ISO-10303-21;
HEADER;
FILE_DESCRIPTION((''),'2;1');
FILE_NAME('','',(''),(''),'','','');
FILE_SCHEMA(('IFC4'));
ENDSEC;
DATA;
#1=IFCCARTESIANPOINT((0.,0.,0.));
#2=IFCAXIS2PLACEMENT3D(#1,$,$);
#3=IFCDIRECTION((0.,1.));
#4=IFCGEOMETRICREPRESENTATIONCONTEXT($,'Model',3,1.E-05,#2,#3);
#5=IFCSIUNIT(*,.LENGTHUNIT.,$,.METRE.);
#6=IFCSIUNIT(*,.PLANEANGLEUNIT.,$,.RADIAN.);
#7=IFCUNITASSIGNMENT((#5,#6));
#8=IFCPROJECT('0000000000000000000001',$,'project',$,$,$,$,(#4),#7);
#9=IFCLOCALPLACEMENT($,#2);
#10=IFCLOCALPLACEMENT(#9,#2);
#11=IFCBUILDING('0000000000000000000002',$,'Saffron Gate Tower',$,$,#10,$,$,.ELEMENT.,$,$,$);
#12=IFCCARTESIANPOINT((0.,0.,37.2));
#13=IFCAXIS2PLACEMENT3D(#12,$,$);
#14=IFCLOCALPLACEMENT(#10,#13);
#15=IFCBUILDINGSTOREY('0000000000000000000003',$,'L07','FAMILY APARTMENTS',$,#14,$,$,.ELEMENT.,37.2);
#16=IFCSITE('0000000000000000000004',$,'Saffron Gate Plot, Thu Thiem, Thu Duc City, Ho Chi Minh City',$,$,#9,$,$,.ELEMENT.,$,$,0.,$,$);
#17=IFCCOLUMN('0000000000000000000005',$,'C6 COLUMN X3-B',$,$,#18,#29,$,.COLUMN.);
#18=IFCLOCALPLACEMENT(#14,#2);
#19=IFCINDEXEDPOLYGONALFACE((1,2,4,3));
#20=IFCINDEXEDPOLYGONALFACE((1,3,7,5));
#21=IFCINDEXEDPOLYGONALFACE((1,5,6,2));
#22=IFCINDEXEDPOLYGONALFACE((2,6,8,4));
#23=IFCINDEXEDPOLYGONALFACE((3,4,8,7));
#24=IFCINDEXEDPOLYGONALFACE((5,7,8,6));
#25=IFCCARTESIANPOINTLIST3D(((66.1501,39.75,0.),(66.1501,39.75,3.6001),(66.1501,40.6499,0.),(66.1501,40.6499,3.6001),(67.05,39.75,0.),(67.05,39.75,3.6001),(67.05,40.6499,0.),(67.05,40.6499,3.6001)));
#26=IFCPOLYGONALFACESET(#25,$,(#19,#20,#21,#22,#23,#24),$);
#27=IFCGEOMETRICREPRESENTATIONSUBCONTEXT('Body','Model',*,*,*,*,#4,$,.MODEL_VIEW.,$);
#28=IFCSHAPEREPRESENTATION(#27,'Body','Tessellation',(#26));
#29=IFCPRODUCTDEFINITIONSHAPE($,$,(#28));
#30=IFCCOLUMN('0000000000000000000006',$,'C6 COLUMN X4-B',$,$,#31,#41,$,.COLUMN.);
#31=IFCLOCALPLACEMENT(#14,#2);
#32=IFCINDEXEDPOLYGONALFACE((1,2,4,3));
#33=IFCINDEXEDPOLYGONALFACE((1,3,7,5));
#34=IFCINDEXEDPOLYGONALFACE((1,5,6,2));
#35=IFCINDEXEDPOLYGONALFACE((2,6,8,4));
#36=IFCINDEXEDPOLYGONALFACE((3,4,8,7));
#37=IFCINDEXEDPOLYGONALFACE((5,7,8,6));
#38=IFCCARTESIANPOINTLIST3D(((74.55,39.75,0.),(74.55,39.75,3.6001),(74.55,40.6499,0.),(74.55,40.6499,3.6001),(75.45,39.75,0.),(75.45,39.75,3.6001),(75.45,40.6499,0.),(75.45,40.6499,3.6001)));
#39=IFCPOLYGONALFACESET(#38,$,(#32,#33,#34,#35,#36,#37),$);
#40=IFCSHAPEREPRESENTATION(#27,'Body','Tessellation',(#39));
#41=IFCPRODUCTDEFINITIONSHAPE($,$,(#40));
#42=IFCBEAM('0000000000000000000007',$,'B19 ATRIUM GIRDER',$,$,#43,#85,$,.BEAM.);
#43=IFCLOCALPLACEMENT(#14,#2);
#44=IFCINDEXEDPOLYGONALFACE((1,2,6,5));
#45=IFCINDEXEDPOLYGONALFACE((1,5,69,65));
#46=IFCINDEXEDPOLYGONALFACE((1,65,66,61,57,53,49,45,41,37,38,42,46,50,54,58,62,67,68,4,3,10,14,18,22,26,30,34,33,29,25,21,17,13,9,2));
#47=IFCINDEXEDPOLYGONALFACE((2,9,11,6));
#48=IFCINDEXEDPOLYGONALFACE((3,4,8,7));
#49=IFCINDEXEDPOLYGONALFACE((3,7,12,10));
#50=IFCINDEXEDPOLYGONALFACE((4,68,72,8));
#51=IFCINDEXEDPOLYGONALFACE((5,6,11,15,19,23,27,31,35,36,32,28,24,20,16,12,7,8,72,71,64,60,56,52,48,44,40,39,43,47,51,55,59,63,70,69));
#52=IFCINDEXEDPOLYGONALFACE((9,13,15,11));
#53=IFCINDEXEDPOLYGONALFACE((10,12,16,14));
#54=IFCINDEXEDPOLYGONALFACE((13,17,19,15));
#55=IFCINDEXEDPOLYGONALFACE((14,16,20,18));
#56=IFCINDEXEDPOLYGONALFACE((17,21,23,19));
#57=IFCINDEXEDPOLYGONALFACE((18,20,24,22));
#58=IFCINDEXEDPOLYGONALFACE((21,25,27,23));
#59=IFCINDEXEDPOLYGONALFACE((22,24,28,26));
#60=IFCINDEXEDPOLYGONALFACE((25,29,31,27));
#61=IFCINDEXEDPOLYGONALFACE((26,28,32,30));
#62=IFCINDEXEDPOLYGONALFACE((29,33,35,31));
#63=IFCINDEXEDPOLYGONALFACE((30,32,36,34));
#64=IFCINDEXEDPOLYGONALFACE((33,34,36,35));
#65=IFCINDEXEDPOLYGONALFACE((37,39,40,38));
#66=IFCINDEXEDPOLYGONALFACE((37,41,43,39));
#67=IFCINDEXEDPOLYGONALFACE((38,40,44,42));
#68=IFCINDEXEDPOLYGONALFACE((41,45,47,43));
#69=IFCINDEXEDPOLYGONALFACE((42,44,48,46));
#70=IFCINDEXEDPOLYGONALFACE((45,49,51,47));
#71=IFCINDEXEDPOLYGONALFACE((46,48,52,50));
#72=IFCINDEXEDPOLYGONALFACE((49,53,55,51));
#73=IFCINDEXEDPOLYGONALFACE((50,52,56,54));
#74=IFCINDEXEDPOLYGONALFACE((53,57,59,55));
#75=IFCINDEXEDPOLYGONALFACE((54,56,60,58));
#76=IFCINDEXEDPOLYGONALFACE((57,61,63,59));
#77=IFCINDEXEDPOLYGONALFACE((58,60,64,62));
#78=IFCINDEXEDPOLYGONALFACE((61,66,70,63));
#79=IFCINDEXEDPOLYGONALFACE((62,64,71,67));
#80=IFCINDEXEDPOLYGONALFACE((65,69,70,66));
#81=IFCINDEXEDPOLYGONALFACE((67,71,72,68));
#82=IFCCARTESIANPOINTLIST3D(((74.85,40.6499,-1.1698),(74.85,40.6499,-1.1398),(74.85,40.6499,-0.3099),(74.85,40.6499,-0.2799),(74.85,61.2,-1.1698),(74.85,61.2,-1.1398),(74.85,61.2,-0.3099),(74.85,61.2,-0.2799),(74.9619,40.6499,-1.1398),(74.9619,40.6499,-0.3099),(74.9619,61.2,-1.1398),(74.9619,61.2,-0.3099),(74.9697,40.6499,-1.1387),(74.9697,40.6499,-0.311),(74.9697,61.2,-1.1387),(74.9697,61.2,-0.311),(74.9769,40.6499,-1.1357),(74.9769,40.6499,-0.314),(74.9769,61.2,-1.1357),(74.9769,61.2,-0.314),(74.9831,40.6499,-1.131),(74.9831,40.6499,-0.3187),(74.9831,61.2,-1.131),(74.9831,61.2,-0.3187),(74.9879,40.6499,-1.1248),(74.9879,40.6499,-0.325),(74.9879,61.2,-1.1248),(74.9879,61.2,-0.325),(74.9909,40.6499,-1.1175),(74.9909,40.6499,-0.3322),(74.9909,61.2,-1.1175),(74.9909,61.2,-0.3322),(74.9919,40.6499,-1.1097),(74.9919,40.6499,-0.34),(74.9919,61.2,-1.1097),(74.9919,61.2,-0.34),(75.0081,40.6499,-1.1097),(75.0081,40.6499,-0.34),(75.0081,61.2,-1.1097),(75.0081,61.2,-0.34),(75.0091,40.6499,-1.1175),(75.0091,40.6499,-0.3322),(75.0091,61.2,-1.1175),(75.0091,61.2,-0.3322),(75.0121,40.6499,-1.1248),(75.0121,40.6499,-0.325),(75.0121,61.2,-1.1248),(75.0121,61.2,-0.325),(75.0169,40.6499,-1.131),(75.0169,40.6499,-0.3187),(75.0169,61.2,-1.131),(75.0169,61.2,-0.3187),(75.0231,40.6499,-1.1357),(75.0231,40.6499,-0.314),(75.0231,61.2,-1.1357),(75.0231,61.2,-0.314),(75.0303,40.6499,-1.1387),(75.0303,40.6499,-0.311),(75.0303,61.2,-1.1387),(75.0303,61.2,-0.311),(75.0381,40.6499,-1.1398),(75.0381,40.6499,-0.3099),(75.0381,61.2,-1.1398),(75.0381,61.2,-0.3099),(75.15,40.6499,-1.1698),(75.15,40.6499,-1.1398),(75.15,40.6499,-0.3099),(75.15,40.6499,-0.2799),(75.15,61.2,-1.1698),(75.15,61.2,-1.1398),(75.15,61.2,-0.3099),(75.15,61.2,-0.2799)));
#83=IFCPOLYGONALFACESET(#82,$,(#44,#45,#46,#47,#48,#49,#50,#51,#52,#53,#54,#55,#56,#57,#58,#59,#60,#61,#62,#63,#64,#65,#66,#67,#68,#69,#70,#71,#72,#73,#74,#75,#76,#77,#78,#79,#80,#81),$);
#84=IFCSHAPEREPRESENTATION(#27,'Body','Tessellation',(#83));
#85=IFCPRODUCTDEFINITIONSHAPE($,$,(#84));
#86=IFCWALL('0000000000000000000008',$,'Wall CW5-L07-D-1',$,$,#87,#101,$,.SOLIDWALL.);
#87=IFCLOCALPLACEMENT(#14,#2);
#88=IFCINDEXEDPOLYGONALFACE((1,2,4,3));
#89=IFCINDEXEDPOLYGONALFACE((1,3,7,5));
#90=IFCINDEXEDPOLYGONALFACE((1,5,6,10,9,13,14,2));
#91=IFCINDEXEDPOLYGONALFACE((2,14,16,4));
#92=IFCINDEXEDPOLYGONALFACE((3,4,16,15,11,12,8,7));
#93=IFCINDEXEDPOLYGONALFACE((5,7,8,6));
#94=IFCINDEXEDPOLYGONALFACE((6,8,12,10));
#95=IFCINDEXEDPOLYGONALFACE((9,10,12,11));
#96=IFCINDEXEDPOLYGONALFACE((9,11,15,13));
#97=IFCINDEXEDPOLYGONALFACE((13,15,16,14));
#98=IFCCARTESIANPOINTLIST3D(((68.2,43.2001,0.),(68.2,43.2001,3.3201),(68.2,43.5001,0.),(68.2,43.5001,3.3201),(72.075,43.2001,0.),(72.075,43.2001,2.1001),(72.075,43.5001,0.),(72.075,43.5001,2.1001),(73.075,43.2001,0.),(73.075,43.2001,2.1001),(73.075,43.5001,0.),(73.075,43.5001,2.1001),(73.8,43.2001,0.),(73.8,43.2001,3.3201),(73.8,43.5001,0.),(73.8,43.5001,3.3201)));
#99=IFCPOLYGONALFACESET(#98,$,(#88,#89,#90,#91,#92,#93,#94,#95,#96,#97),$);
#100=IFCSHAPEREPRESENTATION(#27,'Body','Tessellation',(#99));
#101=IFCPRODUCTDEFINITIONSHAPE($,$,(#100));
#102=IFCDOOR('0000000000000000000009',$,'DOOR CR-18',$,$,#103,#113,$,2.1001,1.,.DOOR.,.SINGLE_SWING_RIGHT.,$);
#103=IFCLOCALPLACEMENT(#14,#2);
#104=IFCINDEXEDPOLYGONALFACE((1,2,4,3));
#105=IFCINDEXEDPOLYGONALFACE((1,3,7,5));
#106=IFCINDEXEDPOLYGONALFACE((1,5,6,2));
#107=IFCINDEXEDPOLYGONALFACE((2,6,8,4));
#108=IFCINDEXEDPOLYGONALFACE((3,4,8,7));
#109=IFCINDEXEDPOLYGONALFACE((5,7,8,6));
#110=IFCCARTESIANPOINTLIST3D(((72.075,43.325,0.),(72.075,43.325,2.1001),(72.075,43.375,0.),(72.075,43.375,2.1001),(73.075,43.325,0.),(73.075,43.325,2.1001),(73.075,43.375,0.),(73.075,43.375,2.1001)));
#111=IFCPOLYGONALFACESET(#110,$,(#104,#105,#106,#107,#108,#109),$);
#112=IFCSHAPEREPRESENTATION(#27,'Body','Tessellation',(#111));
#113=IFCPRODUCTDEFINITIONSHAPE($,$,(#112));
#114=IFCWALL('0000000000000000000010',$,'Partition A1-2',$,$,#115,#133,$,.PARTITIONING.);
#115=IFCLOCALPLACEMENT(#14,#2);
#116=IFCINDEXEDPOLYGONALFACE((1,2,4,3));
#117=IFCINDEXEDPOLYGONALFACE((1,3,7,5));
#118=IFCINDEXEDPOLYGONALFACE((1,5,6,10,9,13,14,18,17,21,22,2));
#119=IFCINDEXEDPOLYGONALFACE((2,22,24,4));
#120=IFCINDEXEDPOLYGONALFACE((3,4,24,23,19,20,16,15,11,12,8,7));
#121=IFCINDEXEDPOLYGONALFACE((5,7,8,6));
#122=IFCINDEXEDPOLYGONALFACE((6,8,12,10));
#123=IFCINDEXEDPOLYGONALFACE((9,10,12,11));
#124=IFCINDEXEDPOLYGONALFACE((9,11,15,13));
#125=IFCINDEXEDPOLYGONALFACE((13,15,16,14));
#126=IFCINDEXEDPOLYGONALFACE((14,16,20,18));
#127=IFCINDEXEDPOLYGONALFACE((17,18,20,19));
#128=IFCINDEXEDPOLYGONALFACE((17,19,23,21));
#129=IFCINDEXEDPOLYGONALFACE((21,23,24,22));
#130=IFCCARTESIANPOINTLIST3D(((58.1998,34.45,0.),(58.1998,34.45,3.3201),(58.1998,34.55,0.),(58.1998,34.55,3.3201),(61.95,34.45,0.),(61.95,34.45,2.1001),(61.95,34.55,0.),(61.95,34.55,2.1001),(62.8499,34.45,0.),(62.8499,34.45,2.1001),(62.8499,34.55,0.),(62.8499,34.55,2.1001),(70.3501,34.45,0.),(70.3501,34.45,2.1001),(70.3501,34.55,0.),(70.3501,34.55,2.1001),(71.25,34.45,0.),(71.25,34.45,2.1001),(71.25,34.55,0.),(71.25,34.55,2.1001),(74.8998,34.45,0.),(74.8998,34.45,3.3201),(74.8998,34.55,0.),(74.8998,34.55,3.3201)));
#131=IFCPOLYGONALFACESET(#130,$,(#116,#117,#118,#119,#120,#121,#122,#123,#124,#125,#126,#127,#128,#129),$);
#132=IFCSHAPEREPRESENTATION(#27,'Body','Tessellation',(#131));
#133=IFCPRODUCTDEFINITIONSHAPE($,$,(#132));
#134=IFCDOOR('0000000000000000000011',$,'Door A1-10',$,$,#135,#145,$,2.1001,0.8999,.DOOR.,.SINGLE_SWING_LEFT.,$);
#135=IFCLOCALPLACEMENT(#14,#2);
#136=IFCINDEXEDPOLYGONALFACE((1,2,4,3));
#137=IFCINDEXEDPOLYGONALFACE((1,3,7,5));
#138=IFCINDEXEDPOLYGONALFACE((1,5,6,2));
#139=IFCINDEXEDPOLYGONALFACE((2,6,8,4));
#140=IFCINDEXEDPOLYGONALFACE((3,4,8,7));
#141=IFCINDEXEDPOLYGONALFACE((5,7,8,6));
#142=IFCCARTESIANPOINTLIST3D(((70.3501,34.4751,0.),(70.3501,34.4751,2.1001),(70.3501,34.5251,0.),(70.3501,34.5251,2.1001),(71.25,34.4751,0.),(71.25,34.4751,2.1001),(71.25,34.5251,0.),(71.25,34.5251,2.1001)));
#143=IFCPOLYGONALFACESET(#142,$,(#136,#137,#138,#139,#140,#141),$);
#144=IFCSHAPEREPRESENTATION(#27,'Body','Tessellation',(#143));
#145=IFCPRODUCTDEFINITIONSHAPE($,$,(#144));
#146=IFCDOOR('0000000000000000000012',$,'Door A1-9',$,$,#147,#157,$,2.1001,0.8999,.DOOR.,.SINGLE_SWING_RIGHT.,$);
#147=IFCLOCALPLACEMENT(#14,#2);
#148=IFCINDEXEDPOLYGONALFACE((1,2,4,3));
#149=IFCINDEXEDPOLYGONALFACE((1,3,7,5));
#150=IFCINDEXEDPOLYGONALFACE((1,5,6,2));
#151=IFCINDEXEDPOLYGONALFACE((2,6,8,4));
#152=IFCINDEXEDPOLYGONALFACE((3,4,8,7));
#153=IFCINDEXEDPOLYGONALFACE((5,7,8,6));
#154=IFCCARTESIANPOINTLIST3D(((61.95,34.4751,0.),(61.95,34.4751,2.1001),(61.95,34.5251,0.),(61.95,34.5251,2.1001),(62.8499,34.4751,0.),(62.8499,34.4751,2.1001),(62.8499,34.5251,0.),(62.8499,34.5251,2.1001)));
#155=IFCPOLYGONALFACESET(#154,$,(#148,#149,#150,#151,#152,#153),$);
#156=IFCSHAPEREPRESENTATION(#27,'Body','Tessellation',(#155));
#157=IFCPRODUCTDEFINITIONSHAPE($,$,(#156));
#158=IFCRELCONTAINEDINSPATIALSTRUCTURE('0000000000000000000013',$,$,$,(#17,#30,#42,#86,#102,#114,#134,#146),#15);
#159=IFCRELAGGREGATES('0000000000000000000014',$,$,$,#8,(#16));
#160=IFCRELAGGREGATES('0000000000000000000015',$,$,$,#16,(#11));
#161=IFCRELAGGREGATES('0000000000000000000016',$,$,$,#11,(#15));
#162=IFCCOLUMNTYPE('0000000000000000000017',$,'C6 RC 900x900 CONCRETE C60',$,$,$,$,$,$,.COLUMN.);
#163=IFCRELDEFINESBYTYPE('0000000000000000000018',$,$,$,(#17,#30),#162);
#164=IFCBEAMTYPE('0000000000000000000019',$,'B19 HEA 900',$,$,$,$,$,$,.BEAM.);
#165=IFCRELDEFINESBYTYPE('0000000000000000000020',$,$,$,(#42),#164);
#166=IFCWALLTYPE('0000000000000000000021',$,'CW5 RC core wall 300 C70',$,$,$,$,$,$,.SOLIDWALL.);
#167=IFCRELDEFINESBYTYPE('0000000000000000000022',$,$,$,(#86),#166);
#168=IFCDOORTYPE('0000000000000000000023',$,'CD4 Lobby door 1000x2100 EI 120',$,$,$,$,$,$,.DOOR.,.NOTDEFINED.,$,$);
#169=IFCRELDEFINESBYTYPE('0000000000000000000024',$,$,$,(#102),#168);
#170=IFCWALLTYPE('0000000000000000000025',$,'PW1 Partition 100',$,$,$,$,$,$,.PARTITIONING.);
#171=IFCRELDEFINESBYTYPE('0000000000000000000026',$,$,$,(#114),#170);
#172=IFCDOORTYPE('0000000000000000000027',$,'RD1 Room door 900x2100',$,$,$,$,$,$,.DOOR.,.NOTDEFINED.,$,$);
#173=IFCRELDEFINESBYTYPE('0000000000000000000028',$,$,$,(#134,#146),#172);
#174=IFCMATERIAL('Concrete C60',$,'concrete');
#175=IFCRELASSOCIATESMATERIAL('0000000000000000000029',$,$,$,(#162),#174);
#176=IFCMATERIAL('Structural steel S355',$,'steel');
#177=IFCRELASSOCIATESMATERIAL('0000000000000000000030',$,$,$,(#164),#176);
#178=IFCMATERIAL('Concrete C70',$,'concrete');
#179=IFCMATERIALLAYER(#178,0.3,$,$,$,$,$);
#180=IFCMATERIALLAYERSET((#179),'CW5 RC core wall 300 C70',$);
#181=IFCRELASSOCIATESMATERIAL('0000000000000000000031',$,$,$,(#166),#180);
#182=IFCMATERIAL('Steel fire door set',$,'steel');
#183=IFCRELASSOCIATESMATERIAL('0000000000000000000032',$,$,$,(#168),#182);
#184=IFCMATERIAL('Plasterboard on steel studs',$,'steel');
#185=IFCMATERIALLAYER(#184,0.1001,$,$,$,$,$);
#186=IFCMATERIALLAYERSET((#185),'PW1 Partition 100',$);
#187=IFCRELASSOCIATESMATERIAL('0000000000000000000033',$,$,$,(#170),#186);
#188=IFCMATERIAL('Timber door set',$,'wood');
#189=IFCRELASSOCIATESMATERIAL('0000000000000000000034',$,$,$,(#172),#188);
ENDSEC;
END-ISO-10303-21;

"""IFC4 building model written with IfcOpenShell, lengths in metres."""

from ifc_helpers import new_model, si_unit, direction, frame, frame_2d, origin, origin_2d, place, context, subcontext, project, spatial, rectangle, i_section, extrude, material, layer, layer_set, material_profile, profile_set, type_object, element, fill, save


model = new_model("IFC4")

# Units and contexts
model_context = context("Model", 3, precision=1e-05, world=origin(), true_north=direction((0.0, 1.0)))
body_context = subcontext(model_context, "Body", "Model", "MODEL_VIEW")
ifc_project = project(units=[si_unit("LENGTHUNIT", "METRE"), si_unit("PLANEANGLEUNIT", "RADIAN")], contexts=[model_context])

# Site, building, storey
site_placement = place(None, origin())
site = spatial("IfcSite", under=ifc_project, at=site_placement, Name="Saffron Gate Plot, Thu Thiem, Thu Duc City, Ho Chi Minh City", CompositionType="ELEMENT", RefElevation=0.0)
building_placement = place(site_placement, origin())
building = spatial("IfcBuilding", under=site, at=building_placement, Name="Saffron Gate Tower", CompositionType="ELEMENT")
storey_placement = place(building_placement, frame((0.0, 0.0, 37.2)))
storey = spatial("IfcBuildingStorey", under=building, at=storey_placement, Name="L07", Description="FAMILY APARTMENTS", CompositionType="ELEMENT", Elevation=37.2)

# Columns
ifc_material_1 = material(Name="Concrete C60", Category="concrete")
ifc_material_profile_1 = material_profile(ifc_material_1, rectangle(XDim=0.8999, YDim=0.8999, at=origin_2d()))
ifc_profile_set_1 = profile_set([ifc_material_profile_1], Name="Concrete C60")
column_type = type_object("IfcColumnType", Name="C6 RC 900x900 CONCRETE C60", PredefinedType="COLUMN", material=ifc_profile_set_1)
for number, where, z_axis, x_axis, name in (
    (1, (66.6001, 40.2, 0.0), (0.0, 0.0, 1.0), (1.0, 0.0, 0.0), "C6 COLUMN X3-B"),
    (2, (75.0, 40.2, 0.0), (0.0, 0.0, 1.0), (1.0, 0.0, 0.0), "C6 COLUMN X4-B"),
):
    element("IfcColumn", number, at=place(storey_placement, frame(where, z_axis=z_axis, x_axis=x_axis)), inside=storey, type_object=column_type, Name=name, PredefinedType="COLUMN", context=body_context, shape_type="SweptSolid", body=[
        extrude(rectangle(XDim=0.8999, YDim=0.8999, at=origin_2d()), origin(), (0.0, 0.0, 1.0), 3.6001),
    ])

# Beam
ifc_material_2 = material(Name="Structural steel S355", Category="steel")
ifc_material_profile_2 = material_profile(ifc_material_2, i_section(OverallWidth=0.3, OverallDepth=0.8899, WebThickness=0.0161, FlangeThickness=0.03, FilletRadius=0.03, at=origin_2d()))
ifc_profile_set_2 = profile_set([ifc_material_profile_2], Name="Structural steel S355")
beam_type = type_object("IfcBeamType", Name="B19 HEA 900", PredefinedType="BEAM", material=ifc_profile_set_2)
beam_placement = place(storey_placement, frame((75.0, 40.6499, -0.7249), z_axis=(0.0, 1.0, 0.0), x_axis=(-1.0, 0.0, 0.0)))
element("IfcBeam", 3, at=beam_placement, inside=storey, type_object=beam_type, Name="B19 ATRIUM GIRDER", PredefinedType="BEAM", context=body_context, shape_type="SweptSolid", body=[
    extrude(i_section(OverallWidth=0.3, OverallDepth=0.8899, WebThickness=0.0161, FlangeThickness=0.03, FilletRadius=0.03, at=origin_2d()), origin(), (0.0, 0.0, 1.0), 20.55),
])

# Wall, opening, door
ifc_material_3 = material(Name="Concrete C70", Category="concrete")
ifc_layer_1 = layer(ifc_material_3, 0.3)
ifc_layer_set_1 = layer_set([ifc_layer_1], Name="CW5 RC core wall 300 C70")
wall_type_1 = type_object("IfcWallType", Name="CW5 RC core wall 300 C70", PredefinedType="SOLIDWALL", material=ifc_layer_set_1)
wall_1_placement = place(storey_placement, frame((68.2, 43.3501, 0.0), z_axis=(0.0, 0.0, 1.0), x_axis=(1.0, 0.0, 0.0)))
wall_1 = element("IfcWall", 4, at=wall_1_placement, inside=storey, type_object=wall_type_1, Name="Wall CW5-L07-D-1", PredefinedType="SOLIDWALL", context=body_context, shape_type="SweptSolid", body=[
    extrude(rectangle(XDim=5.6001, YDim=0.3, at=frame_2d((2.8, 0.0))), origin(), (0.0, 0.0, 1.0), 3.3201),
])
opening_1_placement = place(wall_1_placement, frame((3.875, 0.0, 0.0)))
opening_1 = element("IfcOpeningElement", 5, at=opening_1_placement, cuts=wall_1, PredefinedType="OPENING", context=body_context, shape_type="SweptSolid", body=[
    extrude(rectangle(XDim=1.0, YDim=2.1001, at=frame_2d((0.5, 1.05))), frame((0.0, 0.1602, 0.0), z_axis=(0.0, -1.0, 0.0), x_axis=(1.0, 0.0, 0.0)), (0.0, 0.0, 1.0), 0.3201),
])
ifc_material_4 = material(Name="Steel fire door set", Category="steel")
door_type_1 = type_object("IfcDoorType", Name="CD4 Lobby door 1000x2100 EI 120", OperationType="NOTDEFINED", PredefinedType="DOOR", material=ifc_material_4)
door_1_placement = place(opening_1_placement, origin())
door_1 = element("IfcDoor", 6, at=door_1_placement, inside=storey, type_object=door_type_1, Name="DOOR CR-18", OperationType="SINGLE_SWING_RIGHT", OverallHeight=2.1001, OverallWidth=1.0, PredefinedType="DOOR", context=body_context, shape_type="SweptSolid", body=[
    extrude(rectangle(XDim=1.0, YDim=2.1001, at=frame_2d((0.5, 1.05))), frame((0.0, 0.0249, 0.0), z_axis=(0.0, -1.0, 0.0), x_axis=(1.0, 0.0, 0.0)), (0.0, 0.0, 1.0), 0.05),
])
fill(opening_1, door_1)

# Wall, openings, doors
ifc_material_5 = material(Name="Plasterboard on steel studs", Category="steel")
ifc_layer_2 = layer(ifc_material_5, 0.1001)
ifc_layer_set_2 = layer_set([ifc_layer_2], Name="PW1 Partition 100")
wall_type_2 = type_object("IfcWallType", Name="PW1 Partition 100", PredefinedType="PARTITIONING", material=ifc_layer_set_2)
wall_2_placement = place(storey_placement, frame((74.8999, 34.5, 0.0), z_axis=(0.0, 0.0, 1.0), x_axis=(-1.0, 0.0, 0.0)))
wall_2 = element("IfcWall", 7, at=wall_2_placement, inside=storey, type_object=wall_type_2, Name="Partition A1-2", PredefinedType="PARTITIONING", context=body_context, shape_type="SweptSolid", body=[
    extrude(rectangle(XDim=16.7, YDim=0.1001, at=frame_2d((8.3501, 0.0))), origin(), (0.0, 0.0, 1.0), 3.3201),
])
opening_2_placement = place(wall_2_placement, frame((3.6499, 0.0, 0.0)))
opening_2 = element("IfcOpeningElement", 8, at=opening_2_placement, cuts=wall_2, PredefinedType="OPENING", context=body_context, shape_type="SweptSolid", body=[
    extrude(rectangle(XDim=0.8999, YDim=2.1001, at=frame_2d((0.45, 1.05))), frame((0.0, 0.0601, 0.0), z_axis=(0.0, -1.0, 0.0), x_axis=(1.0, 0.0, 0.0)), (0.0, 0.0, 1.0), 0.1201),
])
opening_3_placement = place(wall_2_placement, frame((12.05, 0.0, 0.0)))
opening_3 = element("IfcOpeningElement", 9, at=opening_3_placement, cuts=wall_2, PredefinedType="OPENING", context=body_context, shape_type="SweptSolid", body=[
    extrude(rectangle(XDim=0.8999, YDim=2.1001, at=frame_2d((0.45, 1.05))), frame((0.0, 0.0601, 0.0), z_axis=(0.0, -1.0, 0.0), x_axis=(1.0, 0.0, 0.0)), (0.0, 0.0, 1.0), 0.1201),
])
ifc_material_6 = material(Name="Timber door set", Category="wood")
door_type_2 = type_object("IfcDoorType", Name="RD1 Room door 900x2100", OperationType="NOTDEFINED", PredefinedType="DOOR", material=ifc_material_6)
door_2_placement = place(opening_2_placement, origin())
door_2 = element("IfcDoor", 10, at=door_2_placement, inside=storey, type_object=door_type_2, Name="Door A1-10", OperationType="SINGLE_SWING_LEFT", OverallHeight=2.1001, OverallWidth=0.8999, PredefinedType="DOOR", context=body_context, shape_type="SweptSolid", body=[
    extrude(rectangle(XDim=0.8999, YDim=2.1001, at=frame_2d((0.45, 1.05))), frame((0.0, 0.0249, 0.0), z_axis=(0.0, -1.0, 0.0), x_axis=(1.0, 0.0, 0.0)), (0.0, 0.0, 1.0), 0.05),
])
fill(opening_2, door_2)
door_3_placement = place(opening_3_placement, origin())
door_3 = element("IfcDoor", 11, at=door_3_placement, inside=storey, type_object=door_type_2, Name="Door A1-9", OperationType="SINGLE_SWING_RIGHT", OverallHeight=2.1001, OverallWidth=0.8999, PredefinedType="DOOR", context=body_context, shape_type="SweptSolid", body=[
    extrude(rectangle(XDim=0.8999, YDim=2.1001, at=frame_2d((0.45, 1.05))), frame((0.0, 0.0249, 0.0), z_axis=(0.0, -1.0, 0.0), x_axis=(1.0, 0.0, 0.0)), (0.0, 0.0, 1.0), 0.05),
])
fill(opening_3, door_3)

save(model, "model.ifc")
